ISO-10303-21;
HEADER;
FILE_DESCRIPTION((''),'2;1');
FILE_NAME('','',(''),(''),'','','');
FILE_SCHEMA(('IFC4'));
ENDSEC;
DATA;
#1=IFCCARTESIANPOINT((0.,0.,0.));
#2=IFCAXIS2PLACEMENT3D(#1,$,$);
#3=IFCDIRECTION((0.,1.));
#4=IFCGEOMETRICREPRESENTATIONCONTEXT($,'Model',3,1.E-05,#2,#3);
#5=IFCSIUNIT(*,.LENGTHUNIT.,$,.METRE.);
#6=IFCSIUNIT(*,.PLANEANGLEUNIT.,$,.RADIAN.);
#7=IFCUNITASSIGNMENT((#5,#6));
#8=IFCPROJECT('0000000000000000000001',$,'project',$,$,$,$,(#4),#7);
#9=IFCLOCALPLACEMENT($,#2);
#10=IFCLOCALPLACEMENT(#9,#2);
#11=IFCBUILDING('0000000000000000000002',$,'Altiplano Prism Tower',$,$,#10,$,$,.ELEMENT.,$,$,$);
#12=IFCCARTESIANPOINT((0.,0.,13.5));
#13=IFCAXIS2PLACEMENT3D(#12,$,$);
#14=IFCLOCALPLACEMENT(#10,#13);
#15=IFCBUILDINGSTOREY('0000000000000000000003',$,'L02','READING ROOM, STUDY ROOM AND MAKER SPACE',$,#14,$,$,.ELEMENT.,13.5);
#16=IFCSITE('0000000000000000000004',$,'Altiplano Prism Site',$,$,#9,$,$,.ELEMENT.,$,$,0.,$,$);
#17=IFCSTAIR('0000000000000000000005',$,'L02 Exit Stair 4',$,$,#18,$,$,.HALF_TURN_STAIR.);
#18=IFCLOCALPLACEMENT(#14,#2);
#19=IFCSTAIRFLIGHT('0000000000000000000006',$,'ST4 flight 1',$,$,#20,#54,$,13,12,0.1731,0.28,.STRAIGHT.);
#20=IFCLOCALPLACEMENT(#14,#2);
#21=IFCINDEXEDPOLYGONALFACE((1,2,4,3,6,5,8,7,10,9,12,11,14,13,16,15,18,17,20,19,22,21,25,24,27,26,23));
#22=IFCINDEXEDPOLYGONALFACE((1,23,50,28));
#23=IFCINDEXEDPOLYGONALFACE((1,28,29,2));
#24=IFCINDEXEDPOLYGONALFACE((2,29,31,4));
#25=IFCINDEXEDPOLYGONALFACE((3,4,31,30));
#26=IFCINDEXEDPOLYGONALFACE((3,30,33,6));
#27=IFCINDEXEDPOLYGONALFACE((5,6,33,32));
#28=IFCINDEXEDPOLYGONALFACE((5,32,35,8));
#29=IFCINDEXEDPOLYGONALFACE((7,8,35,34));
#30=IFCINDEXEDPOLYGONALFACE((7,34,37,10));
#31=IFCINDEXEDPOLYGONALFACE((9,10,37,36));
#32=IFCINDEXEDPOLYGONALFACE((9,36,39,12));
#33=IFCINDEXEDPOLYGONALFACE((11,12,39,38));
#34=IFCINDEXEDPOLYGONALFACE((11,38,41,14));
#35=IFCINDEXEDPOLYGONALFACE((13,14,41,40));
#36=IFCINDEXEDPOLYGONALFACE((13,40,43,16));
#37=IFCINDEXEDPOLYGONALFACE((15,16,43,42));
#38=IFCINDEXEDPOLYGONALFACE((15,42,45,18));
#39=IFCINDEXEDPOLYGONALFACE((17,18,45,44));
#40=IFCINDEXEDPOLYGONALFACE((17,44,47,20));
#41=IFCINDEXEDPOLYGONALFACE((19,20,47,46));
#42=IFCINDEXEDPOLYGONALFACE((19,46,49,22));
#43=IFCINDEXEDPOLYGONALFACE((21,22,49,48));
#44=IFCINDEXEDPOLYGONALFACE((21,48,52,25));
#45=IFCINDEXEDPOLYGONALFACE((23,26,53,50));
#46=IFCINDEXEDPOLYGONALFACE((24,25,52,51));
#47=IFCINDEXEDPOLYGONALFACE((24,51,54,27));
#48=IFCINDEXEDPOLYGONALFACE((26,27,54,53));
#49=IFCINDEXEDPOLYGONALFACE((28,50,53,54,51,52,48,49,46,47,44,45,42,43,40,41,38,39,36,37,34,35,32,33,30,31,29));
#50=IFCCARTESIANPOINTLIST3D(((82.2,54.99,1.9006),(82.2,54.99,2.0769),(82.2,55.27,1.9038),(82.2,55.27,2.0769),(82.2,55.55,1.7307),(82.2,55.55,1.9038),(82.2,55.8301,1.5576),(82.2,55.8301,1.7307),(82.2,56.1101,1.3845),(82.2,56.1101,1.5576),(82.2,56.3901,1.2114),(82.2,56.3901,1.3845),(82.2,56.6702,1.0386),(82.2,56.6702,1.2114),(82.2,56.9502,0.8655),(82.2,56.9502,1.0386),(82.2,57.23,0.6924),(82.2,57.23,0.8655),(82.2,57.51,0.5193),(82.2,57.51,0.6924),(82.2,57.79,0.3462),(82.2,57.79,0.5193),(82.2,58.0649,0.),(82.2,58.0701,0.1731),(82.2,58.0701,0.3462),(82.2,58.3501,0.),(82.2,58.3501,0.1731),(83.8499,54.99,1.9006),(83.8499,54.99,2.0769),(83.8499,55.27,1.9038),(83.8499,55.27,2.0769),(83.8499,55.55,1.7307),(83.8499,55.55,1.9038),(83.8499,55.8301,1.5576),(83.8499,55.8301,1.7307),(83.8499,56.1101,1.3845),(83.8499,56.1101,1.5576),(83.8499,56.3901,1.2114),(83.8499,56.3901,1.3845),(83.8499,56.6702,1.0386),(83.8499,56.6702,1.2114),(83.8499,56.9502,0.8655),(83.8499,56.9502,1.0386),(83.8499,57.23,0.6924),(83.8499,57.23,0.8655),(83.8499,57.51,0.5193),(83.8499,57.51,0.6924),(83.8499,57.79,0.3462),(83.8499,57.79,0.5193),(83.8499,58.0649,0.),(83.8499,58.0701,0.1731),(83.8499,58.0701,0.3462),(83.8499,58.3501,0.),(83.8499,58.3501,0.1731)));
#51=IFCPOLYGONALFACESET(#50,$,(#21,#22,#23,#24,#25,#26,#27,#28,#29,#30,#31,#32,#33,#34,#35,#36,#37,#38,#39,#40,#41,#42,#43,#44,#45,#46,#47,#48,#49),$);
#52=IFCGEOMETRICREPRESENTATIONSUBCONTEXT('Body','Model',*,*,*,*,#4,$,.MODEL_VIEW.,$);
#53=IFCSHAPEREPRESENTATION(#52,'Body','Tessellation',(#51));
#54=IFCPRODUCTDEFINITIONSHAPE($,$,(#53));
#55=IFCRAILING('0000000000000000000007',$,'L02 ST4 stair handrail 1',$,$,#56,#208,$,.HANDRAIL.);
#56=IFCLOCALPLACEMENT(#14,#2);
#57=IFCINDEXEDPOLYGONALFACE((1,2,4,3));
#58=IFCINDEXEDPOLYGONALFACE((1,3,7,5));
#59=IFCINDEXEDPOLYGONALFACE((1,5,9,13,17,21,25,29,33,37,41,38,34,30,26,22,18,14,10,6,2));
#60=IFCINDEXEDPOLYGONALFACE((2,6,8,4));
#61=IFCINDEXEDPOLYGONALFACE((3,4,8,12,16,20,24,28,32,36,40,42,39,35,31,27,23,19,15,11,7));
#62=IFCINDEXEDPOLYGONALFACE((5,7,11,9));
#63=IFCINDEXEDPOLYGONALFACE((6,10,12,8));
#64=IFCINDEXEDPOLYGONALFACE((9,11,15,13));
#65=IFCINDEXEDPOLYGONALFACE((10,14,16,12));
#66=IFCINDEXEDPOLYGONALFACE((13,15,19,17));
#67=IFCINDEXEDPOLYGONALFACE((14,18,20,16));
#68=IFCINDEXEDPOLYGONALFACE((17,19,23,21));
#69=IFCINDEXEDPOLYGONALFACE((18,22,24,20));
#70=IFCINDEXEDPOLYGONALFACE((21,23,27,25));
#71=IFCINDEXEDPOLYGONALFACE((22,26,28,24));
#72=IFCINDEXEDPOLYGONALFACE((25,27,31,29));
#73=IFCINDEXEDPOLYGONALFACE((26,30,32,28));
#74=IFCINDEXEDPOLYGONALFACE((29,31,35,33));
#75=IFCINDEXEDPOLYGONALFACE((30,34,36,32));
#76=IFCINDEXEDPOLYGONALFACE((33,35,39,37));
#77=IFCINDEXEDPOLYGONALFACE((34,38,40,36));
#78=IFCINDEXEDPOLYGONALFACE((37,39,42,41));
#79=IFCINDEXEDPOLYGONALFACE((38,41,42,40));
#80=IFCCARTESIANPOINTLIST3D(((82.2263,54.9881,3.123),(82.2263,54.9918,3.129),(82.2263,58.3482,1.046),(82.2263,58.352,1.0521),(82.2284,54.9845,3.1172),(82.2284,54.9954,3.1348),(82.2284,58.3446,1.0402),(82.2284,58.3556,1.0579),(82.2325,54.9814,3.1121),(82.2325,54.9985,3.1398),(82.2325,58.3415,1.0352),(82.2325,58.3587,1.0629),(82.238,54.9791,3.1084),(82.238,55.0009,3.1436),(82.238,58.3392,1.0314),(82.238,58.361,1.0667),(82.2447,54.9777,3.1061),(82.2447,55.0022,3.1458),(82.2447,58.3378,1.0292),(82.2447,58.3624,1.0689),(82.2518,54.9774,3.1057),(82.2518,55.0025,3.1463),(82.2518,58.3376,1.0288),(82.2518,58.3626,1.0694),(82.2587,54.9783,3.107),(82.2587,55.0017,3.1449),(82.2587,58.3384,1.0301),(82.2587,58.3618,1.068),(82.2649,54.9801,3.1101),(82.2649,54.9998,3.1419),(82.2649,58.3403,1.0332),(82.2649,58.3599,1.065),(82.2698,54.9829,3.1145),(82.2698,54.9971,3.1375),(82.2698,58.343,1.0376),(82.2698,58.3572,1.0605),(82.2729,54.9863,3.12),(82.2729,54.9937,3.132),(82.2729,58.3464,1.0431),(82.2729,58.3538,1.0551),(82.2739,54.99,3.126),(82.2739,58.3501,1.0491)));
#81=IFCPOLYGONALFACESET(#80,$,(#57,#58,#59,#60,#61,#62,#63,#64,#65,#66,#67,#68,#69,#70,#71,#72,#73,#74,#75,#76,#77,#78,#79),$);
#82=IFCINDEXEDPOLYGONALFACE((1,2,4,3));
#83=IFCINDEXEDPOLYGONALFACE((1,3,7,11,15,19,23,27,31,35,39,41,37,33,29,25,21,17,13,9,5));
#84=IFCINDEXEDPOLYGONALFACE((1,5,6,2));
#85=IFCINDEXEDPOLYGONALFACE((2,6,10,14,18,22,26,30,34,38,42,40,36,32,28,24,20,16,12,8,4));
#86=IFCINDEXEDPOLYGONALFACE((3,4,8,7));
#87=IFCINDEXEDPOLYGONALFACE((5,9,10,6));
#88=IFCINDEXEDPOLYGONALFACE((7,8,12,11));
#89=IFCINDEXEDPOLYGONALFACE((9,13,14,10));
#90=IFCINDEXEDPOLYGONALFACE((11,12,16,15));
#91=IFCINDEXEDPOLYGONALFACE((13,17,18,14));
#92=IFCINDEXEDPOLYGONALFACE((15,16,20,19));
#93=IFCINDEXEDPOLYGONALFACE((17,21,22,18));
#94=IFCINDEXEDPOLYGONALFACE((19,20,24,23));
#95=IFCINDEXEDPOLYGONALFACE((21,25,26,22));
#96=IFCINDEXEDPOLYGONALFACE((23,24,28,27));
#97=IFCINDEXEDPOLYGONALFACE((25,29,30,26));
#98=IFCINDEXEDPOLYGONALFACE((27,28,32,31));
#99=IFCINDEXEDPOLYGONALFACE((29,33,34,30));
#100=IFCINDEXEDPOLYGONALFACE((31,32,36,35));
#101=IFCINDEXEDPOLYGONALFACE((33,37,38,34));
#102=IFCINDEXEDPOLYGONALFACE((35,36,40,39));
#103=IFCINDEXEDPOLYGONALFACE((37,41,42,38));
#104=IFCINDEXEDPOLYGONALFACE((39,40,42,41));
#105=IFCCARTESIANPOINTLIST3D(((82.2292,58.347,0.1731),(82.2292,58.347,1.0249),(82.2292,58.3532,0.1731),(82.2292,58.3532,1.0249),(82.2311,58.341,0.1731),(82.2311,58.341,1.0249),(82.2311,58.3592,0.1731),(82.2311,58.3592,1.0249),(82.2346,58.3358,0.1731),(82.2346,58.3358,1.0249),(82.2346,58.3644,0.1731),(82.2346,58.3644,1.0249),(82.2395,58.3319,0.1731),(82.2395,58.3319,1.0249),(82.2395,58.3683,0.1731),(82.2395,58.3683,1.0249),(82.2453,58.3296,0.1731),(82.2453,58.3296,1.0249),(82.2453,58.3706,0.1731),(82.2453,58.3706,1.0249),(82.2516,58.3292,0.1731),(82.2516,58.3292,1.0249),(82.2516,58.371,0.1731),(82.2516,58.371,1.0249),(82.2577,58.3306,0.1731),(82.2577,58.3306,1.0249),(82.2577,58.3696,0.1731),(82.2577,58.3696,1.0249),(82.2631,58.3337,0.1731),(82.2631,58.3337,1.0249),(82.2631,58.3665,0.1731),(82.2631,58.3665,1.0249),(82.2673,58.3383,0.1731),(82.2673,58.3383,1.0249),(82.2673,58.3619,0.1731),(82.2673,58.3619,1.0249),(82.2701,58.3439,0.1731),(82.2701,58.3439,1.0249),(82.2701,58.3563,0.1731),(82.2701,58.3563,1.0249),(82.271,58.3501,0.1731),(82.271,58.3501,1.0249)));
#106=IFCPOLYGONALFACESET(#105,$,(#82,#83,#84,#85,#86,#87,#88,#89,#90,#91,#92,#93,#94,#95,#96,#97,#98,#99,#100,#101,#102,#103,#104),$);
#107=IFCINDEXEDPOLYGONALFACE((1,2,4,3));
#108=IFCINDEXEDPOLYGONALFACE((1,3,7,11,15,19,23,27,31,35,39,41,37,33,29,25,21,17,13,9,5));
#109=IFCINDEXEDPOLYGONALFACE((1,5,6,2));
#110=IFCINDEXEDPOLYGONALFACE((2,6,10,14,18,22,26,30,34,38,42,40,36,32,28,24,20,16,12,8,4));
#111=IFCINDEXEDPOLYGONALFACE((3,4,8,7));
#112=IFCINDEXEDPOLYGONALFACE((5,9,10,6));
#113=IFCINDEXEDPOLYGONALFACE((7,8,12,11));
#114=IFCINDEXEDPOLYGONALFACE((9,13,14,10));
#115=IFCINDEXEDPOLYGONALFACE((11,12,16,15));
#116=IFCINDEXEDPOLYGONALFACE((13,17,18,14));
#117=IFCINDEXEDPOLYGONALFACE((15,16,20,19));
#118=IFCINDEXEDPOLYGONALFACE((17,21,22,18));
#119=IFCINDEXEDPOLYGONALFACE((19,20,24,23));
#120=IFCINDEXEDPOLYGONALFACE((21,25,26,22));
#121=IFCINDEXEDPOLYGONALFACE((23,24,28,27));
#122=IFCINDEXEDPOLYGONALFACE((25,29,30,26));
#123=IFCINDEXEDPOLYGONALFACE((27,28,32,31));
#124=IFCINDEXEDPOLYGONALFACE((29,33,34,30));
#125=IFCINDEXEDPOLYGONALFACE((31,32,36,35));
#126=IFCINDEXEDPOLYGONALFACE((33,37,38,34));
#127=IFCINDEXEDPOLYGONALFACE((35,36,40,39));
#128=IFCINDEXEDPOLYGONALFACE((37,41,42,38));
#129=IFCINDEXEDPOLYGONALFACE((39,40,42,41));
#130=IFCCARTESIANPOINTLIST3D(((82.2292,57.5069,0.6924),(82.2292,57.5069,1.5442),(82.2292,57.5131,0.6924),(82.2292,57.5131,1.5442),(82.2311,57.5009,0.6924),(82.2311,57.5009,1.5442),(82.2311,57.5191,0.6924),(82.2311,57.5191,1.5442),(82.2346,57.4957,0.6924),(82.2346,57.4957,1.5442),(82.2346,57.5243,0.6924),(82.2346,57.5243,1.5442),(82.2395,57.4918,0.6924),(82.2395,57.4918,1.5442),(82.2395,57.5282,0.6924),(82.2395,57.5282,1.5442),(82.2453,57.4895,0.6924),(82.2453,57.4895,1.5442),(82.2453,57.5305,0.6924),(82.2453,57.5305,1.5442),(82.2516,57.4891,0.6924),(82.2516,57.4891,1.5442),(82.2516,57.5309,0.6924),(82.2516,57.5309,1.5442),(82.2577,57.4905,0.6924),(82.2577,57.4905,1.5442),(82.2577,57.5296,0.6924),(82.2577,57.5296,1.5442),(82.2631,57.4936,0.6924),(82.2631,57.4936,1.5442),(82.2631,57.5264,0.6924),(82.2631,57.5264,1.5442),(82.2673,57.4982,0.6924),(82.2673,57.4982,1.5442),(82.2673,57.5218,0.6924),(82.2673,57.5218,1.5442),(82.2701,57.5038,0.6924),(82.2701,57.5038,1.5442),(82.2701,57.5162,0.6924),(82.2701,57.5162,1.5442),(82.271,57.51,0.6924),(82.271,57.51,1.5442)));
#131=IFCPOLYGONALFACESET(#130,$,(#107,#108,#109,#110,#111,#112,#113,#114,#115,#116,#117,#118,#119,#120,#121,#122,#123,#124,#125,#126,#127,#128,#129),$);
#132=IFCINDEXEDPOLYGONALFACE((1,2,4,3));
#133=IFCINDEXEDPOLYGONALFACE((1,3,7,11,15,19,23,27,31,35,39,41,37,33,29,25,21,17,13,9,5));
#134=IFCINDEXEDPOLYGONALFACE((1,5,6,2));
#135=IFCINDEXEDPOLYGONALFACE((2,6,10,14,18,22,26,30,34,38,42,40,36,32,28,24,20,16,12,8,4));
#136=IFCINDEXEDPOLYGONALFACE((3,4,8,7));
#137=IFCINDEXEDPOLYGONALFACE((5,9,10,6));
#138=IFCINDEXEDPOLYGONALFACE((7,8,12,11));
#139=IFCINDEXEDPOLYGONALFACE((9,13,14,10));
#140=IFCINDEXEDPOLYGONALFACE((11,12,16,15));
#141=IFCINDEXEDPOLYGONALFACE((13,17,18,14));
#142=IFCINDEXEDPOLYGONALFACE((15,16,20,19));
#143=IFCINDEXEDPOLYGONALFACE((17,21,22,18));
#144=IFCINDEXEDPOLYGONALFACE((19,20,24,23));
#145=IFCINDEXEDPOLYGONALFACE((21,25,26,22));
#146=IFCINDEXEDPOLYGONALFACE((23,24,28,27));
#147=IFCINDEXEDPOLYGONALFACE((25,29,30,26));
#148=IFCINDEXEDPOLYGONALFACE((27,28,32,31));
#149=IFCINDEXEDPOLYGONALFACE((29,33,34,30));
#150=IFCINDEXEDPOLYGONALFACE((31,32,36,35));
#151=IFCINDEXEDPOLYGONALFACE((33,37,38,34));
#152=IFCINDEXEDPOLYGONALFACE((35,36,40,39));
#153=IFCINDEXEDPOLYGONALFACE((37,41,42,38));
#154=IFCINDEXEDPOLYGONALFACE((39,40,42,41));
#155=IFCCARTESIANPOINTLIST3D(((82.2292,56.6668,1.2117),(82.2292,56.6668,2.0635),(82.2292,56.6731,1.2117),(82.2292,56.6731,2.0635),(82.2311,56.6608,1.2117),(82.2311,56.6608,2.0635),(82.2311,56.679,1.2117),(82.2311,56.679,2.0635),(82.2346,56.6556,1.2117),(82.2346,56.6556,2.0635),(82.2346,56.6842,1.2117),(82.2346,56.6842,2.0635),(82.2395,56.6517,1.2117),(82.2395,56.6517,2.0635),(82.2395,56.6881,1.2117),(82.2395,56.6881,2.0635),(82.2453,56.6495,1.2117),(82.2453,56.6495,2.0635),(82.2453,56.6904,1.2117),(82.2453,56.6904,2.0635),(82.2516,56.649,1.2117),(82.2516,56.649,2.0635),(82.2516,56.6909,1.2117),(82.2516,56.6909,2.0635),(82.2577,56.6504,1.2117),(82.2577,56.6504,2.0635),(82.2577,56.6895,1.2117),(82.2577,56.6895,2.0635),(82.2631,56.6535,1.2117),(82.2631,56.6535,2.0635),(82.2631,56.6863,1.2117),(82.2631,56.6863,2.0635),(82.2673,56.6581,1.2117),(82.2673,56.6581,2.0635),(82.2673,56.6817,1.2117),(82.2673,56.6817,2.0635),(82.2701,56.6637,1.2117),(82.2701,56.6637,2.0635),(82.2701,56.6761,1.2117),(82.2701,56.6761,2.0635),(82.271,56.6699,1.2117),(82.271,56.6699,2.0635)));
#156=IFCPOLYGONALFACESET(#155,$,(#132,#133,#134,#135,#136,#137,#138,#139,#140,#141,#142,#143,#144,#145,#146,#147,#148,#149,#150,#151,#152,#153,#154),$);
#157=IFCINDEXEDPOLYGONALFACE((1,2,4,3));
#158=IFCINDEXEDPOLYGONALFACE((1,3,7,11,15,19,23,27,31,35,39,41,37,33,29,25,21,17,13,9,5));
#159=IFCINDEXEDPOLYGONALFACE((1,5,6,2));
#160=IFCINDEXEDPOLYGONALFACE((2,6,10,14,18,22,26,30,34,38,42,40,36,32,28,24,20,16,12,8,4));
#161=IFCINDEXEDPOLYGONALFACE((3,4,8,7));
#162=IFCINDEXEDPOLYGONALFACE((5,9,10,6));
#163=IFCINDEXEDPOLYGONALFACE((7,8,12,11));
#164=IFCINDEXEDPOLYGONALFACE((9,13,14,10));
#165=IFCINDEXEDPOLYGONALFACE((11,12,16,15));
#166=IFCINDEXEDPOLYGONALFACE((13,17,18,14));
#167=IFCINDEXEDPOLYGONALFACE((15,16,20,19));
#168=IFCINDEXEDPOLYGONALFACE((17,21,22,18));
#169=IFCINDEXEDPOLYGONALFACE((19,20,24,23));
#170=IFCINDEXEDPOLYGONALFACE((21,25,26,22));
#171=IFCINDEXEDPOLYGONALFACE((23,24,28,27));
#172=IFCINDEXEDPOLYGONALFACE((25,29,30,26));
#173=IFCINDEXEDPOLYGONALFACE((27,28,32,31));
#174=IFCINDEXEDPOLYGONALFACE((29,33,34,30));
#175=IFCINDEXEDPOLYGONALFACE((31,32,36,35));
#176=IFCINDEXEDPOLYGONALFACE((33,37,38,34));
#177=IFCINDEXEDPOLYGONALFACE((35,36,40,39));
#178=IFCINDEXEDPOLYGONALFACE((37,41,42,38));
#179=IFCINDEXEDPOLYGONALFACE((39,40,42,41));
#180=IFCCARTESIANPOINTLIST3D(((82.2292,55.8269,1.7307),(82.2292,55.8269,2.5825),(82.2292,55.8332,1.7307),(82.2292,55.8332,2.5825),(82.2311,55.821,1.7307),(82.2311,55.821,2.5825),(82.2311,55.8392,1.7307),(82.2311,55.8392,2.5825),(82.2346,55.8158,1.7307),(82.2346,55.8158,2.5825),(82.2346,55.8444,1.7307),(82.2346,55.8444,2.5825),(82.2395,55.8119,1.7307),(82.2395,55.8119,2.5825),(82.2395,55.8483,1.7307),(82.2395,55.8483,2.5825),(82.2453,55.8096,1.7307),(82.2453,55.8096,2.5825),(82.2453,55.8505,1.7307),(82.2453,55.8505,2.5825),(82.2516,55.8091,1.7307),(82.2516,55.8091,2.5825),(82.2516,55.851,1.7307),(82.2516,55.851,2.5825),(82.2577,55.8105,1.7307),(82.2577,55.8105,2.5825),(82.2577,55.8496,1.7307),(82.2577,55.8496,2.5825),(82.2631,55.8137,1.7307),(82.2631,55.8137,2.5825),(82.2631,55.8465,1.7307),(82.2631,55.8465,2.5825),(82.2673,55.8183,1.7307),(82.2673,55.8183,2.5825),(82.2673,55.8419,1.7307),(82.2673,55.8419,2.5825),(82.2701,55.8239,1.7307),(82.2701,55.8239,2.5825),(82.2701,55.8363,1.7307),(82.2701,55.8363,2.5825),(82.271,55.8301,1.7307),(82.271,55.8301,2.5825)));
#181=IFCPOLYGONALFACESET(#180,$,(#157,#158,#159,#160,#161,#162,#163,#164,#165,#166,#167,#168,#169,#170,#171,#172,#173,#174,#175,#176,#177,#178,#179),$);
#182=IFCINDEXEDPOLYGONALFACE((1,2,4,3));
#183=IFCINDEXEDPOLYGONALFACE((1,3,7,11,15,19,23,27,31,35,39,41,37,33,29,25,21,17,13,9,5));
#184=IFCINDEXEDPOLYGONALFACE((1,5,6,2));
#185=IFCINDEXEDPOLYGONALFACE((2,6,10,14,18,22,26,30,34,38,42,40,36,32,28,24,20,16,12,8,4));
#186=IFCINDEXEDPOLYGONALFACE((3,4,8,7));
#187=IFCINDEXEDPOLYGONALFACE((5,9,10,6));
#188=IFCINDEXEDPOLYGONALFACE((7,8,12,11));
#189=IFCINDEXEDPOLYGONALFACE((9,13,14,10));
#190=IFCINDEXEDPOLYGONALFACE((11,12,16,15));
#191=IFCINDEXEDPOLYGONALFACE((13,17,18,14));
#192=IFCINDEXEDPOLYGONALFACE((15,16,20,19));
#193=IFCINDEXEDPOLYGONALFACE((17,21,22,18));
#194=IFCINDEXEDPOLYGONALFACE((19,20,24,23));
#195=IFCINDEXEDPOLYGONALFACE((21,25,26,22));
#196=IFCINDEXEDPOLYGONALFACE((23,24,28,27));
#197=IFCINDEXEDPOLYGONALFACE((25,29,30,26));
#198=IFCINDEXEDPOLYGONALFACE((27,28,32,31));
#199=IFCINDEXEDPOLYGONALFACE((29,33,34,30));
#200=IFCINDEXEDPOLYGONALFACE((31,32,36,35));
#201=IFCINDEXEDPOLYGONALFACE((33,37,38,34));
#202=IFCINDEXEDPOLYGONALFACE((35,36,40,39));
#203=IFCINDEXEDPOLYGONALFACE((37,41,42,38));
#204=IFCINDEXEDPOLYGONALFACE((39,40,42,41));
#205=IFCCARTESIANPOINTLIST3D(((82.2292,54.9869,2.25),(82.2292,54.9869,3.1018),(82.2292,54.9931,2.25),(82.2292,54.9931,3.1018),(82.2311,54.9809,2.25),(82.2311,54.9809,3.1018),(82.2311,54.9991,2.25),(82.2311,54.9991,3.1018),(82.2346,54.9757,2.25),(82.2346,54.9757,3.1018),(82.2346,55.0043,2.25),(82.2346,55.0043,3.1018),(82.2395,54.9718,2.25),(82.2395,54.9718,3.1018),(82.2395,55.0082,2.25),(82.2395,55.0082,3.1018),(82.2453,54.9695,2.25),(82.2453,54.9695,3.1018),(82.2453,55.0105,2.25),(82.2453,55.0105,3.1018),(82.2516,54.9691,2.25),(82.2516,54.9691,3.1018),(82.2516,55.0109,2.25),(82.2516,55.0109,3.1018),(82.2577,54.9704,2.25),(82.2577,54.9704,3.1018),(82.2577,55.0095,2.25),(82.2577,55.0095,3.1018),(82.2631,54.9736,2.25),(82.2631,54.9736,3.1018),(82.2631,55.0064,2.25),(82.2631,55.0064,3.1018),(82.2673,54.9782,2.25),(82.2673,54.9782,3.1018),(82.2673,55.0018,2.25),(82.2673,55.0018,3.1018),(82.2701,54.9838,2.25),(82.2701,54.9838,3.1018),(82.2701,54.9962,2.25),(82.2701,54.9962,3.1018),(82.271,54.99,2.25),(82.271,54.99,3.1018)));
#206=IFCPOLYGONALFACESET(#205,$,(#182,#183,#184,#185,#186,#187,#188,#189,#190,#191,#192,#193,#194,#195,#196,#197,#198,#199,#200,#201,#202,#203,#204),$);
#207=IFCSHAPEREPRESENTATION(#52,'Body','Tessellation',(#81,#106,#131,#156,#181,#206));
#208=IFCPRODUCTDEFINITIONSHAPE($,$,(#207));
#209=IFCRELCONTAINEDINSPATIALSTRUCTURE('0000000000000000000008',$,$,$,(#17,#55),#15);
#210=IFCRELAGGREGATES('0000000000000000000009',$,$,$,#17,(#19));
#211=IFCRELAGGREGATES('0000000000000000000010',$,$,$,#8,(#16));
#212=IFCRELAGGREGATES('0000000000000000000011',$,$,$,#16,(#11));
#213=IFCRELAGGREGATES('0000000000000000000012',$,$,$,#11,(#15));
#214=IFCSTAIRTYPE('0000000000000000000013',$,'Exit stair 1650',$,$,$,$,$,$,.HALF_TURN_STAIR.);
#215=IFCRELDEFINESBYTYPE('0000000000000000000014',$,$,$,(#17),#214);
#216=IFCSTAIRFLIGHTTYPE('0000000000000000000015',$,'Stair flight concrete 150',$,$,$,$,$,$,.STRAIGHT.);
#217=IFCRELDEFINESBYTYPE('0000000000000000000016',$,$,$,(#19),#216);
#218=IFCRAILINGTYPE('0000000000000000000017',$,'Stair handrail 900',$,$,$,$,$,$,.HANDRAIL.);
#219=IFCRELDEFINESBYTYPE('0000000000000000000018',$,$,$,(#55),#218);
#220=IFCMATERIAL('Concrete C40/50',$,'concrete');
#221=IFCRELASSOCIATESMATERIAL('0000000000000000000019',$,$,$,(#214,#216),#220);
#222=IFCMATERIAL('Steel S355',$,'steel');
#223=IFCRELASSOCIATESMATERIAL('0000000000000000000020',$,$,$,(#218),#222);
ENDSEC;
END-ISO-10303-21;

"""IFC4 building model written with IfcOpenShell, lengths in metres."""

from ifc_helpers import new_model, si_unit, direction, frame, origin, origin_2d, place, context, subcontext, project, spatial, polyline, circle, outline, extrude, material, type_object, element, aggregate, save


model = new_model("IFC4")

# Units and contexts
model_context = context("Model", 3, precision=1e-05, world=origin(), true_north=direction((0.0, 1.0)))
body_context = subcontext(model_context, "Body", "Model", "MODEL_VIEW")
ifc_project = project(units=[si_unit("LENGTHUNIT", "METRE"), si_unit("PLANEANGLEUNIT", "RADIAN")], contexts=[model_context])

# Site, building, storey
site_placement = place(None, origin())
site = spatial("IfcSite", under=ifc_project, at=site_placement, Name="Altiplano Prism Site", CompositionType="ELEMENT", RefElevation=0.0)
building_placement = place(site_placement, origin())
building = spatial("IfcBuilding", under=site, at=building_placement, Name="Altiplano Prism Tower", CompositionType="ELEMENT")
storey_placement = place(building_placement, frame((0.0, 0.0, 13.5)))
storey = spatial("IfcBuildingStorey", under=building, at=storey_placement, Name="L02", Description="READING ROOM, STUDY ROOM AND MAKER SPACE", CompositionType="ELEMENT", Elevation=13.5)

# Stair, stair flight
ifc_material_1 = material(Name="Concrete C40/50", Category="concrete")
stair_type = type_object("IfcStairType", Name="Exit stair 1650", PredefinedType="HALF_TURN_STAIR", material=ifc_material_1)
stair_placement = place(storey_placement, origin())
stair = element("IfcStair", 1, at=stair_placement, inside=storey, type_object=stair_type, Name="L02 Exit Stair 4", PredefinedType="HALF_TURN_STAIR")
stair_flight_type = type_object("IfcStairFlightType", Name="Stair flight concrete 150", PredefinedType="STRAIGHT", material=ifc_material_1)
stair_flight_placement = place(storey_placement, frame((83.0249, 58.3501, 0.0), z_axis=(0.0, 0.0, 1.0), x_axis=(0.0, -1.0, 0.0)))
stair_flight = element("IfcStairFlight", 2, at=stair_flight_placement, type_object=stair_flight_type, Name="ST4 flight 1", NumberOfRisers=13, NumberOfTreads=12, PredefinedType="STRAIGHT", RiserHeight=0.1731, TreadLength=0.28, context=body_context, shape_type="SweptSolid", body=[
    extrude(outline(polyline([(0.0, 0.0), (0.0, 0.1731), (0.28, 0.1731), (0.28, 0.3462), (0.5601, 0.3462), (0.5601, 0.5193), (0.8401, 0.5193), (0.8401, 0.6924), (1.1201, 0.6924), (1.1201, 0.8655), (1.3999, 0.8655), (1.3999, 1.0386), (1.6799, 1.0386), (1.6799, 1.2114), (1.96, 1.2114), (1.96, 1.3845), (2.24, 1.3845), (2.24, 1.5576), (2.52, 1.5576), (2.52, 1.7307), (2.8, 1.7307), (2.8, 1.9038), (3.0801, 1.9038), (3.0801, 2.0769), (3.3601, 2.0769), (3.3601, 2.25), (3.3601, 1.9006), (0.2852, 0.0), (0.0, 0.0)])), frame((0.0, 0.825, 0.0), z_axis=(0.0, -1.0, 0.0), x_axis=(1.0, 0.0, 0.0)), (0.0, 0.0, 1.0), 1.6499),
])
aggregate(stair, [stair_flight])

# Railing
ifc_material_2 = material(Name="Steel S355", Category="steel")
railing_type = type_object("IfcRailingType", Name="Stair handrail 900", PredefinedType="HANDRAIL", material=ifc_material_2)
railing_placement = place(storey_placement, frame((82.25, 58.3501, 0.1731)))
element("IfcRailing", 3, at=railing_placement, inside=storey, type_object=railing_type, Name="L02 ST4 stair handrail 1", PredefinedType="HANDRAIL", context=body_context, shape_type="SweptSolid", body=[
    extrude(circle(Radius=0.0239, at=origin_2d()), frame((0.0, 0.0, 0.876), z_axis=(0.0, -0.850623, 0.525776), x_axis=(1.0, 0.0, 0.0)), (0.0, 0.0, 1.0), 3.9502),
    extrude(circle(Radius=0.021, at=origin_2d()), origin(), (0.0, 0.0, 1.0), 0.8518),
    extrude(circle(Radius=0.021, at=origin_2d()), frame((0.0, -0.8401, 0.5193)), (0.0, 0.0, 1.0), 0.8518),
    extrude(circle(Radius=0.021, at=origin_2d()), frame((0.0, -1.6802, 1.0386)), (0.0, 0.0, 1.0), 0.8518),
    extrude(circle(Radius=0.021, at=origin_2d()), frame((0.0, -2.52, 1.5576)), (0.0, 0.0, 1.0), 0.8518),
    extrude(circle(Radius=0.021, at=origin_2d()), frame((0.0, -3.3601, 2.0769)), (0.0, 0.0, 1.0), 0.8518),
])

save(model, "model.ifc")
